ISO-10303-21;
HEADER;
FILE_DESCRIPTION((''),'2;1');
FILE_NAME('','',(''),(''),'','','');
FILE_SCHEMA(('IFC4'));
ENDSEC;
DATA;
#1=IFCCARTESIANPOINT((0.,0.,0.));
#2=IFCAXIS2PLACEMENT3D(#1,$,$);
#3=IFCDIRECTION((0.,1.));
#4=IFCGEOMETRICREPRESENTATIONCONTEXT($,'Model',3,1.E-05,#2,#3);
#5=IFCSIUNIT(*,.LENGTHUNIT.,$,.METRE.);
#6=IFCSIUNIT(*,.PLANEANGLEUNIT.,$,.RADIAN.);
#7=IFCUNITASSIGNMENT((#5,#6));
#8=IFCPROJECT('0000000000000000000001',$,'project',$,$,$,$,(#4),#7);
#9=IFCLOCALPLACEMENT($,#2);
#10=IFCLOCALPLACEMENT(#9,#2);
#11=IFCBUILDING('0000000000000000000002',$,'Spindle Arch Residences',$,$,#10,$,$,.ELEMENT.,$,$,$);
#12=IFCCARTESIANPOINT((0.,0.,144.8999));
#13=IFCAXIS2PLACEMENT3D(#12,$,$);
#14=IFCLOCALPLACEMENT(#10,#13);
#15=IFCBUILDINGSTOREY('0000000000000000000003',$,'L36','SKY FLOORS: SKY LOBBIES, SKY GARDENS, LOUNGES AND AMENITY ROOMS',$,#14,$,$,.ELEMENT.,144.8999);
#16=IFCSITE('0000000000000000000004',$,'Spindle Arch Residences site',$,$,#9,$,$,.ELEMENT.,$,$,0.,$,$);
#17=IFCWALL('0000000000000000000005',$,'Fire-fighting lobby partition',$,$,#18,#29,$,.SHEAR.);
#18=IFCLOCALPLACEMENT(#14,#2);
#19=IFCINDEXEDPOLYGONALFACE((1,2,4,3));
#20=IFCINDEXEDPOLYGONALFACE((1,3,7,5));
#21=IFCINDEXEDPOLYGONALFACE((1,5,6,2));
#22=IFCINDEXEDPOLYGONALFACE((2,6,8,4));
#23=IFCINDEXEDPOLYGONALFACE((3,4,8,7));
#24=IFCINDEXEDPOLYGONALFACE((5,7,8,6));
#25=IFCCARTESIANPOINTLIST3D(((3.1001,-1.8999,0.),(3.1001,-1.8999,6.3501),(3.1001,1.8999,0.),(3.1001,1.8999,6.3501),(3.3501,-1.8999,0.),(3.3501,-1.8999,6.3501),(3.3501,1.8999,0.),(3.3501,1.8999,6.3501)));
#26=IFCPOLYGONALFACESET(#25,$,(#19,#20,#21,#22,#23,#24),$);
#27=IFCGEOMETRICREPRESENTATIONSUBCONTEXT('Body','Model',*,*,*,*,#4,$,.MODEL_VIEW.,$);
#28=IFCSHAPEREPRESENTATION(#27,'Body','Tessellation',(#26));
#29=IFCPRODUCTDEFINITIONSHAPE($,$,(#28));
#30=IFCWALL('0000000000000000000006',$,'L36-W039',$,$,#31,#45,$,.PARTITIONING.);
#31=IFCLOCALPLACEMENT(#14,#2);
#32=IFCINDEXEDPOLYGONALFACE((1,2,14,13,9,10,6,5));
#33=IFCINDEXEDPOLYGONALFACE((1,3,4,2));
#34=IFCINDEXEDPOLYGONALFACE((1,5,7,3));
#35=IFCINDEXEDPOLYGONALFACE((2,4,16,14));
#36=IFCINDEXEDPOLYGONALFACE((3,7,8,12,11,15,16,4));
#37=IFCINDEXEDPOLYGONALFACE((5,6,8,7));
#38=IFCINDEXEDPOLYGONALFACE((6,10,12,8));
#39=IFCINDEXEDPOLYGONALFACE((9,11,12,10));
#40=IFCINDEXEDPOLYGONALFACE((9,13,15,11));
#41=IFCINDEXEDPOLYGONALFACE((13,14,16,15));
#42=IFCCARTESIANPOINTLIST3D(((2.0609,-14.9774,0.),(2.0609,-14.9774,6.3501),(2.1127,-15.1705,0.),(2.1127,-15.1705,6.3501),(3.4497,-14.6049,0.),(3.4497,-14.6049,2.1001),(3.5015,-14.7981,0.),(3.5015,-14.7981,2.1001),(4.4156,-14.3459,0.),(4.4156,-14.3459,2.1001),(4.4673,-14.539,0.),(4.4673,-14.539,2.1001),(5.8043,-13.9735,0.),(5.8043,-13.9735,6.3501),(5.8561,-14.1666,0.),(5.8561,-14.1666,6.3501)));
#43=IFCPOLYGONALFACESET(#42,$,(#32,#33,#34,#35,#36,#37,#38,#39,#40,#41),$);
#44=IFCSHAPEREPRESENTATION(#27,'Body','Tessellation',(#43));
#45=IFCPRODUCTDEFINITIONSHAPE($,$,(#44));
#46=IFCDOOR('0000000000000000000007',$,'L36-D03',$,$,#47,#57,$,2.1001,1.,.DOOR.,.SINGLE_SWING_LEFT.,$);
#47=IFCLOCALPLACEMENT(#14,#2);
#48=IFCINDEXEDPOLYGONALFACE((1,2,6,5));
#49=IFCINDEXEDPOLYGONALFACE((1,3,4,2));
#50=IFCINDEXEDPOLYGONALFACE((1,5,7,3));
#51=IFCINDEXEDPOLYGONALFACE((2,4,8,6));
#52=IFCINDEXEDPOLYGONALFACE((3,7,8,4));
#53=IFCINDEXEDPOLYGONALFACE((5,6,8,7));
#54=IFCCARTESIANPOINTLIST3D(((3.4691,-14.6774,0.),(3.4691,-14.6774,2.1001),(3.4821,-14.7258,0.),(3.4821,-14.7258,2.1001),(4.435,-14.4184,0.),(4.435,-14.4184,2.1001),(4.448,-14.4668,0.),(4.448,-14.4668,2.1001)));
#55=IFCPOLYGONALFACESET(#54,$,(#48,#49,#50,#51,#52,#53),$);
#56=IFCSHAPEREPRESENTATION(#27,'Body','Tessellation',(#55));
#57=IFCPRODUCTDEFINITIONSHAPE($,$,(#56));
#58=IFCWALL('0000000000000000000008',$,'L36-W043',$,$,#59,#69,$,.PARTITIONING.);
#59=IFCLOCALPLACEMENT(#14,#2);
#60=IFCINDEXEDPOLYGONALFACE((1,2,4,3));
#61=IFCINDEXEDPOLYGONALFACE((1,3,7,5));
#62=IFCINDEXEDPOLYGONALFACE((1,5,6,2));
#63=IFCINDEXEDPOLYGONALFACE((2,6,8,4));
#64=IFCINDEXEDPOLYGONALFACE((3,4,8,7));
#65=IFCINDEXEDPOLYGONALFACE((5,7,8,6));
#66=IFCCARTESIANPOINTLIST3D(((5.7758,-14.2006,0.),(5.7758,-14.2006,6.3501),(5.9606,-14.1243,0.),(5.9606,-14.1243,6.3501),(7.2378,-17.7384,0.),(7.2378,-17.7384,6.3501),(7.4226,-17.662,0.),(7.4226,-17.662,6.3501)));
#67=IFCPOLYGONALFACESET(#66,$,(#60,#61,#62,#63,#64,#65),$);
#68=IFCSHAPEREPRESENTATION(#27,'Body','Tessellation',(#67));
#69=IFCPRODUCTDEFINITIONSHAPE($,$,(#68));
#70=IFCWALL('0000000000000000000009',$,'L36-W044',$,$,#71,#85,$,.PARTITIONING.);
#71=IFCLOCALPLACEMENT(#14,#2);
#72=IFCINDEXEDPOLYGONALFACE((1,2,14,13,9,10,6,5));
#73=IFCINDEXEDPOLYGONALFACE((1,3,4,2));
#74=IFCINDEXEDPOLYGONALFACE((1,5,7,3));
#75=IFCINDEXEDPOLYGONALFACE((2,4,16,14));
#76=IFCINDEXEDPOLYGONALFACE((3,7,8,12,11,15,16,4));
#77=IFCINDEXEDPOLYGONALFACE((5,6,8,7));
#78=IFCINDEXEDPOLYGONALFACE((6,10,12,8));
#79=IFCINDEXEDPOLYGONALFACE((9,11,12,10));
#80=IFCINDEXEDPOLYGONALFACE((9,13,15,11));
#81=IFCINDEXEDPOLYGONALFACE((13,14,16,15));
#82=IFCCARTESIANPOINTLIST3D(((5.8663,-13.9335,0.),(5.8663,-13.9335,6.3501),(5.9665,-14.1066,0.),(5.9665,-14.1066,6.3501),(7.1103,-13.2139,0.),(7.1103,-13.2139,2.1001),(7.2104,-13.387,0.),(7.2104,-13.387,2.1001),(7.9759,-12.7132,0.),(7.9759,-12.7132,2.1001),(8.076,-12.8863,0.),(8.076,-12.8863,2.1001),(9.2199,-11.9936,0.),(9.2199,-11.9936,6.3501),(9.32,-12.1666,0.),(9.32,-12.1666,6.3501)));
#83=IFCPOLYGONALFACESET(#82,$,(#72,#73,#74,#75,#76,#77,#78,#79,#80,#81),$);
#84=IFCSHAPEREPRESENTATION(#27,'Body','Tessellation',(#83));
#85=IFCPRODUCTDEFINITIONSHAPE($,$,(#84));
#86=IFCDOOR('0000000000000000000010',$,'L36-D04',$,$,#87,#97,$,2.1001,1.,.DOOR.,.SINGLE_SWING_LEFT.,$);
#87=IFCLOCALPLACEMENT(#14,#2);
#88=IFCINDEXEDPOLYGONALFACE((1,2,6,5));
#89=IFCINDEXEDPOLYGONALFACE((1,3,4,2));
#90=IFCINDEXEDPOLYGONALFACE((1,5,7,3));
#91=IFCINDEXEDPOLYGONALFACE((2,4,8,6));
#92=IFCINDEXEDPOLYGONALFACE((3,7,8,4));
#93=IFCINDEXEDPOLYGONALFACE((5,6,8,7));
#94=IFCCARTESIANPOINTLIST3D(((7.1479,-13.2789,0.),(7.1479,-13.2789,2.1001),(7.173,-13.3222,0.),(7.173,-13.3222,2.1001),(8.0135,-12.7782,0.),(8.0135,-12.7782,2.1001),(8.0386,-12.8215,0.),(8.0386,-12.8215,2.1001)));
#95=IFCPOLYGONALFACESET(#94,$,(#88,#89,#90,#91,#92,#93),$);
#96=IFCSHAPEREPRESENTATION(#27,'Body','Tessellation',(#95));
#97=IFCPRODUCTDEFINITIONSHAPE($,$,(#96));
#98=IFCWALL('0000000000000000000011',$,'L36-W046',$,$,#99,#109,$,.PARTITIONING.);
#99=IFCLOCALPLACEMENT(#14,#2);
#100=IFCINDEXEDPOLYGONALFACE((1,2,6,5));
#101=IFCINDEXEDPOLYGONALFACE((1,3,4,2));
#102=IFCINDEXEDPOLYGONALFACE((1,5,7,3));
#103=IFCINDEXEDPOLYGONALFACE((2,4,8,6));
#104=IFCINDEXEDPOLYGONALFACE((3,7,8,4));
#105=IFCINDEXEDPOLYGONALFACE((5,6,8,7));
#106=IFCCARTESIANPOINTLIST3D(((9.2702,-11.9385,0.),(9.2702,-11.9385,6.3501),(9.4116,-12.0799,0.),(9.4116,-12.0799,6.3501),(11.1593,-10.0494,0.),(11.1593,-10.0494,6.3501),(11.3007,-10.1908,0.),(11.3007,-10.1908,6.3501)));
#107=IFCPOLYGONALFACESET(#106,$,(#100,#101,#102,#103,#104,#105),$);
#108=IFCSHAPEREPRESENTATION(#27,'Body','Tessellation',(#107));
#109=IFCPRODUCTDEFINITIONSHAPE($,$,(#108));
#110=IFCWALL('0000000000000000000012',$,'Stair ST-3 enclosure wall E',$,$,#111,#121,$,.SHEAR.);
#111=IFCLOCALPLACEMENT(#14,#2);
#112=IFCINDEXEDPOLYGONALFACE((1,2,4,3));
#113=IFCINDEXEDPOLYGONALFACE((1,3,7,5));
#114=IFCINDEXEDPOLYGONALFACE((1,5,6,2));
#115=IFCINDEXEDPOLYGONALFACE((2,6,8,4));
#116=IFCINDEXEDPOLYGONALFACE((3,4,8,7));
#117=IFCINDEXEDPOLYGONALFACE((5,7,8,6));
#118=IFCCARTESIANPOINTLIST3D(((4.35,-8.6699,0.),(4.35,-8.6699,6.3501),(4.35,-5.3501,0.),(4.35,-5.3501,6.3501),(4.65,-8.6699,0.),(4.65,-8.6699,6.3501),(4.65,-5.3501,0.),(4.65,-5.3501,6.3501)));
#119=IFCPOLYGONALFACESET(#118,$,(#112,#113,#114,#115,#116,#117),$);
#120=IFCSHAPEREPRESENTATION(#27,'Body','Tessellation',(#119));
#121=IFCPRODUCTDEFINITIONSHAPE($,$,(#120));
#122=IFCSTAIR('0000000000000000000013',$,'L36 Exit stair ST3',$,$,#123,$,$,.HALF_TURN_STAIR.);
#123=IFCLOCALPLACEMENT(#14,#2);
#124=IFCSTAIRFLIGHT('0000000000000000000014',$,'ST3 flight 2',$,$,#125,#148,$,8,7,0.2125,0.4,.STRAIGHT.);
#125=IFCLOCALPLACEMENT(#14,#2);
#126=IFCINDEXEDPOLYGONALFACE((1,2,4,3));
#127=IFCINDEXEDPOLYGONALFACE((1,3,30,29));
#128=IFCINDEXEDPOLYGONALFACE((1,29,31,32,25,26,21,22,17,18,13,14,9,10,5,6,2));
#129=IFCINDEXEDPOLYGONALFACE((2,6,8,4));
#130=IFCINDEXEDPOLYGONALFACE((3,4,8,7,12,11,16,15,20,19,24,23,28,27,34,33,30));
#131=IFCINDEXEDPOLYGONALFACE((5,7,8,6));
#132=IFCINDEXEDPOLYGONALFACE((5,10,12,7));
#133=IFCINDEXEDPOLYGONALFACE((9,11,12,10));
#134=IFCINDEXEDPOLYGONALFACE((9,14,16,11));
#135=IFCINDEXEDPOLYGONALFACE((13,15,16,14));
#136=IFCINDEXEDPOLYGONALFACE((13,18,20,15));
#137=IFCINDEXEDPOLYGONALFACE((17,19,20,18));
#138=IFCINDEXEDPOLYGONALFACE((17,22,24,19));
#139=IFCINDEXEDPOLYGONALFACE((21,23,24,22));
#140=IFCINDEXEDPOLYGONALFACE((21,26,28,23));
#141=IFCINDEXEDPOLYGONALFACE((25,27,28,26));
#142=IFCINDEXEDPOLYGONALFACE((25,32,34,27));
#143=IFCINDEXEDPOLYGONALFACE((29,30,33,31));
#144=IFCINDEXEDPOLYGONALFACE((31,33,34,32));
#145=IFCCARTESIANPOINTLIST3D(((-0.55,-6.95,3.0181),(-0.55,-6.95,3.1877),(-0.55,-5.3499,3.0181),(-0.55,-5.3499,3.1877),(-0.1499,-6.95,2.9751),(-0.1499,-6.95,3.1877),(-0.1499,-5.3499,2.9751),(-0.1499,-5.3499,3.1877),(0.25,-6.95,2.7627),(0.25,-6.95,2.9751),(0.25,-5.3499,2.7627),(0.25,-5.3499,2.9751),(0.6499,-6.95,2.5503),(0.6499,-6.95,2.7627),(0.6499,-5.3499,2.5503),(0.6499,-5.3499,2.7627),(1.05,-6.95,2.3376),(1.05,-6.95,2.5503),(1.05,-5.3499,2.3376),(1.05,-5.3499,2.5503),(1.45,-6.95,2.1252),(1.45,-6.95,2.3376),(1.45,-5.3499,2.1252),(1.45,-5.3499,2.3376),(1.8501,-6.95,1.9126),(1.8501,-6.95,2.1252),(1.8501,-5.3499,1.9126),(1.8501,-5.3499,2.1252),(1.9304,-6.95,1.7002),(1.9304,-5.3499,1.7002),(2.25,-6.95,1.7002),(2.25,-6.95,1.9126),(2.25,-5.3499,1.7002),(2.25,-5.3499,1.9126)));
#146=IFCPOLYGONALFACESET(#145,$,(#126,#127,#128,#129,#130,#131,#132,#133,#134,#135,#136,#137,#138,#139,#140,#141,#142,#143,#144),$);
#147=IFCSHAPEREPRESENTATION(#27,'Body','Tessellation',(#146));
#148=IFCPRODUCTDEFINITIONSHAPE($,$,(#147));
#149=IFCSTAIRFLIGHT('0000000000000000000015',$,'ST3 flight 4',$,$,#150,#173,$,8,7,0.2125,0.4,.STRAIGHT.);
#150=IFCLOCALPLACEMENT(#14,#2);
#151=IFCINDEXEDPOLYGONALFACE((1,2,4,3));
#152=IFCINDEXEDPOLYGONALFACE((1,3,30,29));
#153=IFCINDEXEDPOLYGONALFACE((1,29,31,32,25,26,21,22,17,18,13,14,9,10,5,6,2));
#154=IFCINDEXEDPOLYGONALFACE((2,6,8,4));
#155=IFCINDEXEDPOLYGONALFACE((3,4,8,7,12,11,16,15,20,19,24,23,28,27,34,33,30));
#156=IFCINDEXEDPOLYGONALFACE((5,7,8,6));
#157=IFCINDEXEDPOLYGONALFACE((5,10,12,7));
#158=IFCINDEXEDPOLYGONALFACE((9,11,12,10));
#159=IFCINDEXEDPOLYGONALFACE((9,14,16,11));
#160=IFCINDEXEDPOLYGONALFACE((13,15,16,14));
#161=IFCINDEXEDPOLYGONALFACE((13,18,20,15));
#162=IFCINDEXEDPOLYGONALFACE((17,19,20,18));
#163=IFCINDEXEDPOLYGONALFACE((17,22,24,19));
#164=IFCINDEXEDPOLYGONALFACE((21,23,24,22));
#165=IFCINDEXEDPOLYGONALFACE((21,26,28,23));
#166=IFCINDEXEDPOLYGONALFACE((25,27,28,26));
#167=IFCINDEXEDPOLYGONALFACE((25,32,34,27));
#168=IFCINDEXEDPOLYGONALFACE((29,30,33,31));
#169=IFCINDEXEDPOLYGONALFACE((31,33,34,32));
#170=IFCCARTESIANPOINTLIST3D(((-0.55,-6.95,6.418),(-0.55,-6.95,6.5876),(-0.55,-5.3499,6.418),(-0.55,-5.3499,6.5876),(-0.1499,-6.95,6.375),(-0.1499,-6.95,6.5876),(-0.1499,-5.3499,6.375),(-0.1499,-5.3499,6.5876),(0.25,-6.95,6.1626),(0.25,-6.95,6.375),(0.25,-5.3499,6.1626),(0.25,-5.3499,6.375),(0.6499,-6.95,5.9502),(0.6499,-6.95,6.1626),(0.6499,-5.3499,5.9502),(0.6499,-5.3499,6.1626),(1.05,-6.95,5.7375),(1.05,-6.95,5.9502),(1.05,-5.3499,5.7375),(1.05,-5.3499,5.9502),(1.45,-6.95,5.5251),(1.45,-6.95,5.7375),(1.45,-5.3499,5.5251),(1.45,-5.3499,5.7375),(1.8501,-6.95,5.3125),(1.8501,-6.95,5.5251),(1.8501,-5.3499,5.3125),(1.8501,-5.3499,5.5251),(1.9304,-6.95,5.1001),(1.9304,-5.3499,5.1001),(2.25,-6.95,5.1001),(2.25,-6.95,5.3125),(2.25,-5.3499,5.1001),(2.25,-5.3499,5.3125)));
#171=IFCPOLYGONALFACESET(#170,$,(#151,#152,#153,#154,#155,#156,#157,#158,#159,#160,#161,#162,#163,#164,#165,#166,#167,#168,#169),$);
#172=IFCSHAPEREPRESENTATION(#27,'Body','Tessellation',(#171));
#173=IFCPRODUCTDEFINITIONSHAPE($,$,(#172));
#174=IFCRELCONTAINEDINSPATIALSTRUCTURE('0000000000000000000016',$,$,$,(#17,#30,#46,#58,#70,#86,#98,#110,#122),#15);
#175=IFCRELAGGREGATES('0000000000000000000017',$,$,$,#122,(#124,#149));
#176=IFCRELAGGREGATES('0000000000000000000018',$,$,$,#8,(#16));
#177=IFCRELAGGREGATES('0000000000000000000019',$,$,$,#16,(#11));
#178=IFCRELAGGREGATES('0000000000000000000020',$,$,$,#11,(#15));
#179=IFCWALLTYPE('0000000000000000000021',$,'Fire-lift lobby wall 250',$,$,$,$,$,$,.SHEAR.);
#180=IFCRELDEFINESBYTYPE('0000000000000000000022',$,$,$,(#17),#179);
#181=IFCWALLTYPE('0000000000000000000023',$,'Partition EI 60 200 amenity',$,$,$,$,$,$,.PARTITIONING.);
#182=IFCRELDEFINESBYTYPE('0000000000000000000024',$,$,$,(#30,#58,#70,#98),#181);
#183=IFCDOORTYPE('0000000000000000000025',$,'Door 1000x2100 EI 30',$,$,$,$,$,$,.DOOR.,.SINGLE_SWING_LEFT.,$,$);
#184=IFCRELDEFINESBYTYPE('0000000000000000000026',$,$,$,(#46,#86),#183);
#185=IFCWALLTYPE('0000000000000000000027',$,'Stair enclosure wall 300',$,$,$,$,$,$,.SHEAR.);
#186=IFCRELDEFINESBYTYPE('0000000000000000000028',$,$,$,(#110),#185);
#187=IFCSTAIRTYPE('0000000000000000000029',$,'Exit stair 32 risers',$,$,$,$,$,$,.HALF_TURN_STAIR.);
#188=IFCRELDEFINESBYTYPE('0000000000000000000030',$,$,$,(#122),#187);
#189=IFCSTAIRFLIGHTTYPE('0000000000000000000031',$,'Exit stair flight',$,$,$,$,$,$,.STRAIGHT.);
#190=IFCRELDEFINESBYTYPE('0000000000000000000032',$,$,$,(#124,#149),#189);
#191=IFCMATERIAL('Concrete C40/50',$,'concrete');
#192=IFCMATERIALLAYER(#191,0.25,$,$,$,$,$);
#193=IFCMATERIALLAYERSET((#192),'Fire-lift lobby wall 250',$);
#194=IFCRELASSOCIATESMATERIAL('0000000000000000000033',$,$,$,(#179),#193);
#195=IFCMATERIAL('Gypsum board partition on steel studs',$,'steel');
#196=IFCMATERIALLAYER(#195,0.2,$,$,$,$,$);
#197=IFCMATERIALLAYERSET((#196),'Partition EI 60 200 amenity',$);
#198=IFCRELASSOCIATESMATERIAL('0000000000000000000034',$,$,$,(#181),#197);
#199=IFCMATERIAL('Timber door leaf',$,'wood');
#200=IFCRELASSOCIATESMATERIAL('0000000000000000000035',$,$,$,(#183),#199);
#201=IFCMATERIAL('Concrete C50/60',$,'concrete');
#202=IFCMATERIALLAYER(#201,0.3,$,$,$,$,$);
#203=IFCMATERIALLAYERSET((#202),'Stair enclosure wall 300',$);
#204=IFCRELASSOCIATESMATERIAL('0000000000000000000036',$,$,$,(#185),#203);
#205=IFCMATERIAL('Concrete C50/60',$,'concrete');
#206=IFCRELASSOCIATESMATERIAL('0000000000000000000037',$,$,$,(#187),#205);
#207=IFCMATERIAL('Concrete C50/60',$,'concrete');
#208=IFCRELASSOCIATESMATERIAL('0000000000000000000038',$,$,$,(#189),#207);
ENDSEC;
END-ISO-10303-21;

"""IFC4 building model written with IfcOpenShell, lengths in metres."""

from ifc_helpers import new_model, si_unit, direction, frame, frame_2d, origin, place, context, subcontext, project, spatial, polyline, rectangle, outline, extrude, material, layer, layer_set, type_object, element, fill, aggregate, save


model = new_model("IFC4")

# Units and contexts
model_context = context("Model", 3, precision=1e-05, world=origin(), true_north=direction((0.0, 1.0)))
body_context = subcontext(model_context, "Body", "Model", "MODEL_VIEW")
ifc_project = project(units=[si_unit("LENGTHUNIT", "METRE"), si_unit("PLANEANGLEUNIT", "RADIAN")], contexts=[model_context])

# Site, building, storey
site_placement = place(None, origin())
site = spatial("IfcSite", under=ifc_project, at=site_placement, Name="Spindle Arch Residences site", CompositionType="ELEMENT", RefElevation=0.0)
building_placement = place(site_placement, origin())
building = spatial("IfcBuilding", under=site, at=building_placement, Name="Spindle Arch Residences", CompositionType="ELEMENT")
storey_placement = place(building_placement, frame((0.0, 0.0, 144.8999)))
storey = spatial("IfcBuildingStorey", under=building, at=storey_placement, Name="L36", Description="SKY FLOORS: SKY LOBBIES, SKY GARDENS, LOUNGES AND AMENITY ROOMS", CompositionType="ELEMENT", Elevation=144.8999)

# Wall
ifc_material_1 = material(Name="Concrete C40/50", Category="concrete")
ifc_layer_1 = layer(ifc_material_1, 0.25)
ifc_layer_set_1 = layer_set([ifc_layer_1], Name="Fire-lift lobby wall 250")
wall_type_1 = type_object("IfcWallType", Name="Fire-lift lobby wall 250", PredefinedType="SHEAR", material=ifc_layer_set_1)
wall_1_placement = place(storey_placement, frame((3.2251, -1.8999, 0.0), z_axis=(0.0, 0.0, 1.0), x_axis=(0.0, 1.0, 0.0)))
element("IfcWall", 1, at=wall_1_placement, inside=storey, type_object=wall_type_1, Name="Fire-fighting lobby partition", PredefinedType="SHEAR", context=body_context, shape_type="SweptSolid", body=[
    extrude(rectangle(XDim=3.7998, YDim=0.25, at=frame_2d((1.8999, 0.0))), origin(), (0.0, 0.0, 1.0), 6.3501),
])

# Wall, opening, door
ifc_material_2 = material(Name="Gypsum board partition on steel studs", Category="steel")
ifc_layer_2 = layer(ifc_material_2, 0.2)
ifc_layer_set_2 = layer_set([ifc_layer_2], Name="Partition EI 60 200 amenity")
wall_type_2 = type_object("IfcWallType", Name="Partition EI 60 200 amenity", PredefinedType="PARTITIONING", material=ifc_layer_set_2)
wall_2_placement = place(storey_placement, frame((2.0867, -15.074, 0.0), z_axis=(0.0, 0.0, 1.0), x_axis=(0.96587, 0.259027, 0.0)))
wall_2 = element("IfcWall", 2, at=wall_2_placement, inside=storey, type_object=wall_type_2, Name="L36-W039", PredefinedType="PARTITIONING", context=body_context, shape_type="SweptSolid", body=[
    extrude(rectangle(XDim=3.8757, YDim=0.2, at=frame_2d((1.938, 0.0))), origin(), (0.0, 0.0, 1.0), 6.3501),
])
opening_1_placement = place(wall_2_placement, frame((1.438, 0.0, 0.0)))
opening_1 = element("IfcOpeningElement", 3, at=opening_1_placement, cuts=wall_2, PredefinedType="OPENING", context=body_context, shape_type="SweptSolid", body=[
    extrude(rectangle(XDim=1.0, YDim=2.1001, at=frame_2d((0.5, 1.05))), frame((0.0, 0.1099, 0.0), z_axis=(0.0, -1.0, 0.0), x_axis=(1.0, 0.0, 0.0)), (0.0, 0.0, 1.0), 0.22),
])
ifc_material_3 = material(Name="Timber door leaf", Category="wood")
door_type_1 = type_object("IfcDoorType", Name="Door 1000x2100 EI 30", OperationType="SINGLE_SWING_LEFT", PredefinedType="DOOR", material=ifc_material_3)
door_1_placement = place(opening_1_placement, origin())
door_1 = element("IfcDoor", 4, at=door_1_placement, inside=storey, type_object=door_type_1, Name="L36-D03", OperationType="SINGLE_SWING_LEFT", OverallHeight=2.1001, OverallWidth=1.0, PredefinedType="DOOR", context=body_context, shape_type="SweptSolid", body=[
    extrude(rectangle(XDim=1.0, YDim=2.1001, at=frame_2d((0.5, 1.05))), frame((0.0, 0.0249, 0.0), z_axis=(0.0, -1.0, 0.0), x_axis=(1.0, 0.0, 0.0)), (0.0, 0.0, 1.0), 0.05),
])
fill(opening_1, door_1)

# Wall
wall_3_placement = place(storey_placement, frame((5.8682, -14.1624, 0.0), z_axis=(0.0, 0.0, 1.0), x_axis=(0.381924, -0.924194, 0.0)))
element("IfcWall", 5, at=wall_3_placement, inside=storey, type_object=wall_type_2, Name="L36-W043", PredefinedType="PARTITIONING", context=body_context, shape_type="SweptSolid", body=[
    extrude(rectangle(XDim=3.8279, YDim=0.2, at=frame_2d((1.9141, 0.0))), origin(), (0.0, 0.0, 1.0), 6.3501),
])

# Wall, opening, door
wall_4_placement = place(storey_placement, frame((5.9165, -14.02, 0.0), z_axis=(0.0, 0.0, 1.0), x_axis=(0.865602, 0.500733, 0.0)))
wall_4 = element("IfcWall", 6, at=wall_4_placement, inside=storey, type_object=wall_type_2, Name="L36-W044", PredefinedType="PARTITIONING", context=body_context, shape_type="SweptSolid", body=[
    extrude(rectangle(XDim=3.8743, YDim=0.2, at=frame_2d((1.937, 0.0))), origin(), (0.0, 0.0, 1.0), 6.3501),
])
opening_2_placement = place(wall_4_placement, frame((1.437, 0.0, 0.0)))
opening_2 = element("IfcOpeningElement", 7, at=opening_2_placement, cuts=wall_4, PredefinedType="OPENING", context=body_context, shape_type="SweptSolid", body=[
    extrude(rectangle(XDim=1.0, YDim=2.1001, at=frame_2d((0.5, 1.05))), frame((0.0, 0.1099, 0.0), z_axis=(0.0, -1.0, 0.0), x_axis=(1.0, 0.0, 0.0)), (0.0, 0.0, 1.0), 0.22),
])
door_2_placement = place(opening_2_placement, origin())
door_2 = element("IfcDoor", 8, at=door_2_placement, inside=storey, type_object=door_type_1, Name="L36-D04", OperationType="SINGLE_SWING_LEFT", OverallHeight=2.1001, OverallWidth=1.0, PredefinedType="DOOR", context=body_context, shape_type="SweptSolid", body=[
    extrude(rectangle(XDim=1.0, YDim=2.1001, at=frame_2d((0.5, 1.05))), frame((0.0, 0.0249, 0.0), z_axis=(0.0, -1.0, 0.0), x_axis=(1.0, 0.0, 0.0)), (0.0, 0.0, 1.0), 0.05),
])
fill(opening_2, door_2)

# Walls
wall_5_placement = place(storey_placement, frame((9.3408, -12.0093, 0.0), z_axis=(0.0, 0.0, 1.0), x_axis=(0.707107, 0.707107, 0.0)))
element("IfcWall", 9, at=wall_5_placement, inside=storey, type_object=wall_type_2, Name="L36-W046", PredefinedType="PARTITIONING", context=body_context, shape_type="SweptSolid", body=[
    extrude(rectangle(XDim=2.6716, YDim=0.2, at=frame_2d((1.3359, 0.0))), origin(), (0.0, 0.0, 1.0), 6.3501),
])
ifc_material_4 = material(Name="Concrete C50/60", Category="concrete")
ifc_layer_3 = layer(ifc_material_4, 0.3)
ifc_layer_set_3 = layer_set([ifc_layer_3], Name="Stair enclosure wall 300")
wall_type_3 = type_object("IfcWallType", Name="Stair enclosure wall 300", PredefinedType="SHEAR", material=ifc_layer_set_3)
wall_6_placement = place(storey_placement, frame((4.5, -8.6699, 0.0), z_axis=(0.0, 0.0, 1.0), x_axis=(0.0, 1.0, 0.0)))
element("IfcWall", 10, at=wall_6_placement, inside=storey, type_object=wall_type_3, Name="Stair ST-3 enclosure wall E", PredefinedType="SHEAR", context=body_context, shape_type="SweptSolid", body=[
    extrude(rectangle(XDim=3.3198, YDim=0.3, at=frame_2d((1.6599, 0.0))), origin(), (0.0, 0.0, 1.0), 6.3501),
])

# Stair, stair flights
ifc_material_5 = material(Name="Concrete C50/60", Category="concrete")
stair_type = type_object("IfcStairType", Name="Exit stair 32 risers", PredefinedType="HALF_TURN_STAIR", material=ifc_material_5)
stair_placement = place(storey_placement, origin())
stair = element("IfcStair", 11, at=stair_placement, inside=storey, type_object=stair_type, Name="L36 Exit stair ST3", PredefinedType="HALF_TURN_STAIR")
ifc_material_6 = material(Name="Concrete C50/60", Category="concrete")
stair_flight_type = type_object("IfcStairFlightType", Name="Exit stair flight", PredefinedType="STRAIGHT", material=ifc_material_6)
stair_flight_1_placement = place(storey_placement, frame((2.25, -6.1499, 1.7002), z_axis=(0.0, 0.0, 1.0), x_axis=(-1.0, 0.0, 0.0)))
stair_flight_1 = element("IfcStairFlight", 12, at=stair_flight_1_placement, type_object=stair_flight_type, Name="ST3 flight 2", NumberOfRisers=8, NumberOfTreads=7, PredefinedType="STRAIGHT", RiserHeight=0.2125, TreadLength=0.4, context=body_context, shape_type="SweptSolid", body=[
    extrude(outline(polyline([(0.0, 0.0), (0.0, 0.2124), (0.3999, 0.2124), (0.3999, 0.425), (0.8, 0.425), (0.8, 0.6375), (1.2, 0.6375), (1.2, 0.8501), (1.6001, 0.8501), (1.6001, 1.0625), (2.0, 1.0625), (2.0, 1.2749), (2.3999, 1.2749), (2.3999, 1.4875), (2.8, 1.4875), (2.8, 1.7), (2.8, 1.3179), (0.3196, 0.0), (0.0, 0.0)])), frame((0.0, 0.8, 0.0), z_axis=(0.0, -1.0, 0.0), x_axis=(1.0, 0.0, 0.0)), (0.0, 0.0, 1.0), 1.6001),
])
stair_flight_2_placement = place(storey_placement, frame((2.25, -6.1499, 5.1001), z_axis=(0.0, 0.0, 1.0), x_axis=(-1.0, 0.0, 0.0)))
stair_flight_2 = element("IfcStairFlight", 13, at=stair_flight_2_placement, type_object=stair_flight_type, Name="ST3 flight 4", NumberOfRisers=8, NumberOfTreads=7, PredefinedType="STRAIGHT", RiserHeight=0.2125, TreadLength=0.4, context=body_context, shape_type="SweptSolid", body=[
    extrude(outline(polyline([(0.0, 0.0), (0.0, 0.2124), (0.3999, 0.2124), (0.3999, 0.425), (0.8, 0.425), (0.8, 0.6375), (1.2, 0.6375), (1.2, 0.8501), (1.6001, 0.8501), (1.6001, 1.0625), (2.0, 1.0625), (2.0, 1.2749), (2.3999, 1.2749), (2.3999, 1.4875), (2.8, 1.4875), (2.8, 1.7), (2.8, 1.3179), (0.3196, 0.0), (0.0, 0.0)])), frame((0.0, 0.8, 0.0), z_axis=(0.0, -1.0, 0.0), x_axis=(1.0, 0.0, 0.0)), (0.0, 0.0, 1.0), 1.6001),
])
aggregate(stair, [stair_flight_1, stair_flight_2])

save(model, "model.ifc")
